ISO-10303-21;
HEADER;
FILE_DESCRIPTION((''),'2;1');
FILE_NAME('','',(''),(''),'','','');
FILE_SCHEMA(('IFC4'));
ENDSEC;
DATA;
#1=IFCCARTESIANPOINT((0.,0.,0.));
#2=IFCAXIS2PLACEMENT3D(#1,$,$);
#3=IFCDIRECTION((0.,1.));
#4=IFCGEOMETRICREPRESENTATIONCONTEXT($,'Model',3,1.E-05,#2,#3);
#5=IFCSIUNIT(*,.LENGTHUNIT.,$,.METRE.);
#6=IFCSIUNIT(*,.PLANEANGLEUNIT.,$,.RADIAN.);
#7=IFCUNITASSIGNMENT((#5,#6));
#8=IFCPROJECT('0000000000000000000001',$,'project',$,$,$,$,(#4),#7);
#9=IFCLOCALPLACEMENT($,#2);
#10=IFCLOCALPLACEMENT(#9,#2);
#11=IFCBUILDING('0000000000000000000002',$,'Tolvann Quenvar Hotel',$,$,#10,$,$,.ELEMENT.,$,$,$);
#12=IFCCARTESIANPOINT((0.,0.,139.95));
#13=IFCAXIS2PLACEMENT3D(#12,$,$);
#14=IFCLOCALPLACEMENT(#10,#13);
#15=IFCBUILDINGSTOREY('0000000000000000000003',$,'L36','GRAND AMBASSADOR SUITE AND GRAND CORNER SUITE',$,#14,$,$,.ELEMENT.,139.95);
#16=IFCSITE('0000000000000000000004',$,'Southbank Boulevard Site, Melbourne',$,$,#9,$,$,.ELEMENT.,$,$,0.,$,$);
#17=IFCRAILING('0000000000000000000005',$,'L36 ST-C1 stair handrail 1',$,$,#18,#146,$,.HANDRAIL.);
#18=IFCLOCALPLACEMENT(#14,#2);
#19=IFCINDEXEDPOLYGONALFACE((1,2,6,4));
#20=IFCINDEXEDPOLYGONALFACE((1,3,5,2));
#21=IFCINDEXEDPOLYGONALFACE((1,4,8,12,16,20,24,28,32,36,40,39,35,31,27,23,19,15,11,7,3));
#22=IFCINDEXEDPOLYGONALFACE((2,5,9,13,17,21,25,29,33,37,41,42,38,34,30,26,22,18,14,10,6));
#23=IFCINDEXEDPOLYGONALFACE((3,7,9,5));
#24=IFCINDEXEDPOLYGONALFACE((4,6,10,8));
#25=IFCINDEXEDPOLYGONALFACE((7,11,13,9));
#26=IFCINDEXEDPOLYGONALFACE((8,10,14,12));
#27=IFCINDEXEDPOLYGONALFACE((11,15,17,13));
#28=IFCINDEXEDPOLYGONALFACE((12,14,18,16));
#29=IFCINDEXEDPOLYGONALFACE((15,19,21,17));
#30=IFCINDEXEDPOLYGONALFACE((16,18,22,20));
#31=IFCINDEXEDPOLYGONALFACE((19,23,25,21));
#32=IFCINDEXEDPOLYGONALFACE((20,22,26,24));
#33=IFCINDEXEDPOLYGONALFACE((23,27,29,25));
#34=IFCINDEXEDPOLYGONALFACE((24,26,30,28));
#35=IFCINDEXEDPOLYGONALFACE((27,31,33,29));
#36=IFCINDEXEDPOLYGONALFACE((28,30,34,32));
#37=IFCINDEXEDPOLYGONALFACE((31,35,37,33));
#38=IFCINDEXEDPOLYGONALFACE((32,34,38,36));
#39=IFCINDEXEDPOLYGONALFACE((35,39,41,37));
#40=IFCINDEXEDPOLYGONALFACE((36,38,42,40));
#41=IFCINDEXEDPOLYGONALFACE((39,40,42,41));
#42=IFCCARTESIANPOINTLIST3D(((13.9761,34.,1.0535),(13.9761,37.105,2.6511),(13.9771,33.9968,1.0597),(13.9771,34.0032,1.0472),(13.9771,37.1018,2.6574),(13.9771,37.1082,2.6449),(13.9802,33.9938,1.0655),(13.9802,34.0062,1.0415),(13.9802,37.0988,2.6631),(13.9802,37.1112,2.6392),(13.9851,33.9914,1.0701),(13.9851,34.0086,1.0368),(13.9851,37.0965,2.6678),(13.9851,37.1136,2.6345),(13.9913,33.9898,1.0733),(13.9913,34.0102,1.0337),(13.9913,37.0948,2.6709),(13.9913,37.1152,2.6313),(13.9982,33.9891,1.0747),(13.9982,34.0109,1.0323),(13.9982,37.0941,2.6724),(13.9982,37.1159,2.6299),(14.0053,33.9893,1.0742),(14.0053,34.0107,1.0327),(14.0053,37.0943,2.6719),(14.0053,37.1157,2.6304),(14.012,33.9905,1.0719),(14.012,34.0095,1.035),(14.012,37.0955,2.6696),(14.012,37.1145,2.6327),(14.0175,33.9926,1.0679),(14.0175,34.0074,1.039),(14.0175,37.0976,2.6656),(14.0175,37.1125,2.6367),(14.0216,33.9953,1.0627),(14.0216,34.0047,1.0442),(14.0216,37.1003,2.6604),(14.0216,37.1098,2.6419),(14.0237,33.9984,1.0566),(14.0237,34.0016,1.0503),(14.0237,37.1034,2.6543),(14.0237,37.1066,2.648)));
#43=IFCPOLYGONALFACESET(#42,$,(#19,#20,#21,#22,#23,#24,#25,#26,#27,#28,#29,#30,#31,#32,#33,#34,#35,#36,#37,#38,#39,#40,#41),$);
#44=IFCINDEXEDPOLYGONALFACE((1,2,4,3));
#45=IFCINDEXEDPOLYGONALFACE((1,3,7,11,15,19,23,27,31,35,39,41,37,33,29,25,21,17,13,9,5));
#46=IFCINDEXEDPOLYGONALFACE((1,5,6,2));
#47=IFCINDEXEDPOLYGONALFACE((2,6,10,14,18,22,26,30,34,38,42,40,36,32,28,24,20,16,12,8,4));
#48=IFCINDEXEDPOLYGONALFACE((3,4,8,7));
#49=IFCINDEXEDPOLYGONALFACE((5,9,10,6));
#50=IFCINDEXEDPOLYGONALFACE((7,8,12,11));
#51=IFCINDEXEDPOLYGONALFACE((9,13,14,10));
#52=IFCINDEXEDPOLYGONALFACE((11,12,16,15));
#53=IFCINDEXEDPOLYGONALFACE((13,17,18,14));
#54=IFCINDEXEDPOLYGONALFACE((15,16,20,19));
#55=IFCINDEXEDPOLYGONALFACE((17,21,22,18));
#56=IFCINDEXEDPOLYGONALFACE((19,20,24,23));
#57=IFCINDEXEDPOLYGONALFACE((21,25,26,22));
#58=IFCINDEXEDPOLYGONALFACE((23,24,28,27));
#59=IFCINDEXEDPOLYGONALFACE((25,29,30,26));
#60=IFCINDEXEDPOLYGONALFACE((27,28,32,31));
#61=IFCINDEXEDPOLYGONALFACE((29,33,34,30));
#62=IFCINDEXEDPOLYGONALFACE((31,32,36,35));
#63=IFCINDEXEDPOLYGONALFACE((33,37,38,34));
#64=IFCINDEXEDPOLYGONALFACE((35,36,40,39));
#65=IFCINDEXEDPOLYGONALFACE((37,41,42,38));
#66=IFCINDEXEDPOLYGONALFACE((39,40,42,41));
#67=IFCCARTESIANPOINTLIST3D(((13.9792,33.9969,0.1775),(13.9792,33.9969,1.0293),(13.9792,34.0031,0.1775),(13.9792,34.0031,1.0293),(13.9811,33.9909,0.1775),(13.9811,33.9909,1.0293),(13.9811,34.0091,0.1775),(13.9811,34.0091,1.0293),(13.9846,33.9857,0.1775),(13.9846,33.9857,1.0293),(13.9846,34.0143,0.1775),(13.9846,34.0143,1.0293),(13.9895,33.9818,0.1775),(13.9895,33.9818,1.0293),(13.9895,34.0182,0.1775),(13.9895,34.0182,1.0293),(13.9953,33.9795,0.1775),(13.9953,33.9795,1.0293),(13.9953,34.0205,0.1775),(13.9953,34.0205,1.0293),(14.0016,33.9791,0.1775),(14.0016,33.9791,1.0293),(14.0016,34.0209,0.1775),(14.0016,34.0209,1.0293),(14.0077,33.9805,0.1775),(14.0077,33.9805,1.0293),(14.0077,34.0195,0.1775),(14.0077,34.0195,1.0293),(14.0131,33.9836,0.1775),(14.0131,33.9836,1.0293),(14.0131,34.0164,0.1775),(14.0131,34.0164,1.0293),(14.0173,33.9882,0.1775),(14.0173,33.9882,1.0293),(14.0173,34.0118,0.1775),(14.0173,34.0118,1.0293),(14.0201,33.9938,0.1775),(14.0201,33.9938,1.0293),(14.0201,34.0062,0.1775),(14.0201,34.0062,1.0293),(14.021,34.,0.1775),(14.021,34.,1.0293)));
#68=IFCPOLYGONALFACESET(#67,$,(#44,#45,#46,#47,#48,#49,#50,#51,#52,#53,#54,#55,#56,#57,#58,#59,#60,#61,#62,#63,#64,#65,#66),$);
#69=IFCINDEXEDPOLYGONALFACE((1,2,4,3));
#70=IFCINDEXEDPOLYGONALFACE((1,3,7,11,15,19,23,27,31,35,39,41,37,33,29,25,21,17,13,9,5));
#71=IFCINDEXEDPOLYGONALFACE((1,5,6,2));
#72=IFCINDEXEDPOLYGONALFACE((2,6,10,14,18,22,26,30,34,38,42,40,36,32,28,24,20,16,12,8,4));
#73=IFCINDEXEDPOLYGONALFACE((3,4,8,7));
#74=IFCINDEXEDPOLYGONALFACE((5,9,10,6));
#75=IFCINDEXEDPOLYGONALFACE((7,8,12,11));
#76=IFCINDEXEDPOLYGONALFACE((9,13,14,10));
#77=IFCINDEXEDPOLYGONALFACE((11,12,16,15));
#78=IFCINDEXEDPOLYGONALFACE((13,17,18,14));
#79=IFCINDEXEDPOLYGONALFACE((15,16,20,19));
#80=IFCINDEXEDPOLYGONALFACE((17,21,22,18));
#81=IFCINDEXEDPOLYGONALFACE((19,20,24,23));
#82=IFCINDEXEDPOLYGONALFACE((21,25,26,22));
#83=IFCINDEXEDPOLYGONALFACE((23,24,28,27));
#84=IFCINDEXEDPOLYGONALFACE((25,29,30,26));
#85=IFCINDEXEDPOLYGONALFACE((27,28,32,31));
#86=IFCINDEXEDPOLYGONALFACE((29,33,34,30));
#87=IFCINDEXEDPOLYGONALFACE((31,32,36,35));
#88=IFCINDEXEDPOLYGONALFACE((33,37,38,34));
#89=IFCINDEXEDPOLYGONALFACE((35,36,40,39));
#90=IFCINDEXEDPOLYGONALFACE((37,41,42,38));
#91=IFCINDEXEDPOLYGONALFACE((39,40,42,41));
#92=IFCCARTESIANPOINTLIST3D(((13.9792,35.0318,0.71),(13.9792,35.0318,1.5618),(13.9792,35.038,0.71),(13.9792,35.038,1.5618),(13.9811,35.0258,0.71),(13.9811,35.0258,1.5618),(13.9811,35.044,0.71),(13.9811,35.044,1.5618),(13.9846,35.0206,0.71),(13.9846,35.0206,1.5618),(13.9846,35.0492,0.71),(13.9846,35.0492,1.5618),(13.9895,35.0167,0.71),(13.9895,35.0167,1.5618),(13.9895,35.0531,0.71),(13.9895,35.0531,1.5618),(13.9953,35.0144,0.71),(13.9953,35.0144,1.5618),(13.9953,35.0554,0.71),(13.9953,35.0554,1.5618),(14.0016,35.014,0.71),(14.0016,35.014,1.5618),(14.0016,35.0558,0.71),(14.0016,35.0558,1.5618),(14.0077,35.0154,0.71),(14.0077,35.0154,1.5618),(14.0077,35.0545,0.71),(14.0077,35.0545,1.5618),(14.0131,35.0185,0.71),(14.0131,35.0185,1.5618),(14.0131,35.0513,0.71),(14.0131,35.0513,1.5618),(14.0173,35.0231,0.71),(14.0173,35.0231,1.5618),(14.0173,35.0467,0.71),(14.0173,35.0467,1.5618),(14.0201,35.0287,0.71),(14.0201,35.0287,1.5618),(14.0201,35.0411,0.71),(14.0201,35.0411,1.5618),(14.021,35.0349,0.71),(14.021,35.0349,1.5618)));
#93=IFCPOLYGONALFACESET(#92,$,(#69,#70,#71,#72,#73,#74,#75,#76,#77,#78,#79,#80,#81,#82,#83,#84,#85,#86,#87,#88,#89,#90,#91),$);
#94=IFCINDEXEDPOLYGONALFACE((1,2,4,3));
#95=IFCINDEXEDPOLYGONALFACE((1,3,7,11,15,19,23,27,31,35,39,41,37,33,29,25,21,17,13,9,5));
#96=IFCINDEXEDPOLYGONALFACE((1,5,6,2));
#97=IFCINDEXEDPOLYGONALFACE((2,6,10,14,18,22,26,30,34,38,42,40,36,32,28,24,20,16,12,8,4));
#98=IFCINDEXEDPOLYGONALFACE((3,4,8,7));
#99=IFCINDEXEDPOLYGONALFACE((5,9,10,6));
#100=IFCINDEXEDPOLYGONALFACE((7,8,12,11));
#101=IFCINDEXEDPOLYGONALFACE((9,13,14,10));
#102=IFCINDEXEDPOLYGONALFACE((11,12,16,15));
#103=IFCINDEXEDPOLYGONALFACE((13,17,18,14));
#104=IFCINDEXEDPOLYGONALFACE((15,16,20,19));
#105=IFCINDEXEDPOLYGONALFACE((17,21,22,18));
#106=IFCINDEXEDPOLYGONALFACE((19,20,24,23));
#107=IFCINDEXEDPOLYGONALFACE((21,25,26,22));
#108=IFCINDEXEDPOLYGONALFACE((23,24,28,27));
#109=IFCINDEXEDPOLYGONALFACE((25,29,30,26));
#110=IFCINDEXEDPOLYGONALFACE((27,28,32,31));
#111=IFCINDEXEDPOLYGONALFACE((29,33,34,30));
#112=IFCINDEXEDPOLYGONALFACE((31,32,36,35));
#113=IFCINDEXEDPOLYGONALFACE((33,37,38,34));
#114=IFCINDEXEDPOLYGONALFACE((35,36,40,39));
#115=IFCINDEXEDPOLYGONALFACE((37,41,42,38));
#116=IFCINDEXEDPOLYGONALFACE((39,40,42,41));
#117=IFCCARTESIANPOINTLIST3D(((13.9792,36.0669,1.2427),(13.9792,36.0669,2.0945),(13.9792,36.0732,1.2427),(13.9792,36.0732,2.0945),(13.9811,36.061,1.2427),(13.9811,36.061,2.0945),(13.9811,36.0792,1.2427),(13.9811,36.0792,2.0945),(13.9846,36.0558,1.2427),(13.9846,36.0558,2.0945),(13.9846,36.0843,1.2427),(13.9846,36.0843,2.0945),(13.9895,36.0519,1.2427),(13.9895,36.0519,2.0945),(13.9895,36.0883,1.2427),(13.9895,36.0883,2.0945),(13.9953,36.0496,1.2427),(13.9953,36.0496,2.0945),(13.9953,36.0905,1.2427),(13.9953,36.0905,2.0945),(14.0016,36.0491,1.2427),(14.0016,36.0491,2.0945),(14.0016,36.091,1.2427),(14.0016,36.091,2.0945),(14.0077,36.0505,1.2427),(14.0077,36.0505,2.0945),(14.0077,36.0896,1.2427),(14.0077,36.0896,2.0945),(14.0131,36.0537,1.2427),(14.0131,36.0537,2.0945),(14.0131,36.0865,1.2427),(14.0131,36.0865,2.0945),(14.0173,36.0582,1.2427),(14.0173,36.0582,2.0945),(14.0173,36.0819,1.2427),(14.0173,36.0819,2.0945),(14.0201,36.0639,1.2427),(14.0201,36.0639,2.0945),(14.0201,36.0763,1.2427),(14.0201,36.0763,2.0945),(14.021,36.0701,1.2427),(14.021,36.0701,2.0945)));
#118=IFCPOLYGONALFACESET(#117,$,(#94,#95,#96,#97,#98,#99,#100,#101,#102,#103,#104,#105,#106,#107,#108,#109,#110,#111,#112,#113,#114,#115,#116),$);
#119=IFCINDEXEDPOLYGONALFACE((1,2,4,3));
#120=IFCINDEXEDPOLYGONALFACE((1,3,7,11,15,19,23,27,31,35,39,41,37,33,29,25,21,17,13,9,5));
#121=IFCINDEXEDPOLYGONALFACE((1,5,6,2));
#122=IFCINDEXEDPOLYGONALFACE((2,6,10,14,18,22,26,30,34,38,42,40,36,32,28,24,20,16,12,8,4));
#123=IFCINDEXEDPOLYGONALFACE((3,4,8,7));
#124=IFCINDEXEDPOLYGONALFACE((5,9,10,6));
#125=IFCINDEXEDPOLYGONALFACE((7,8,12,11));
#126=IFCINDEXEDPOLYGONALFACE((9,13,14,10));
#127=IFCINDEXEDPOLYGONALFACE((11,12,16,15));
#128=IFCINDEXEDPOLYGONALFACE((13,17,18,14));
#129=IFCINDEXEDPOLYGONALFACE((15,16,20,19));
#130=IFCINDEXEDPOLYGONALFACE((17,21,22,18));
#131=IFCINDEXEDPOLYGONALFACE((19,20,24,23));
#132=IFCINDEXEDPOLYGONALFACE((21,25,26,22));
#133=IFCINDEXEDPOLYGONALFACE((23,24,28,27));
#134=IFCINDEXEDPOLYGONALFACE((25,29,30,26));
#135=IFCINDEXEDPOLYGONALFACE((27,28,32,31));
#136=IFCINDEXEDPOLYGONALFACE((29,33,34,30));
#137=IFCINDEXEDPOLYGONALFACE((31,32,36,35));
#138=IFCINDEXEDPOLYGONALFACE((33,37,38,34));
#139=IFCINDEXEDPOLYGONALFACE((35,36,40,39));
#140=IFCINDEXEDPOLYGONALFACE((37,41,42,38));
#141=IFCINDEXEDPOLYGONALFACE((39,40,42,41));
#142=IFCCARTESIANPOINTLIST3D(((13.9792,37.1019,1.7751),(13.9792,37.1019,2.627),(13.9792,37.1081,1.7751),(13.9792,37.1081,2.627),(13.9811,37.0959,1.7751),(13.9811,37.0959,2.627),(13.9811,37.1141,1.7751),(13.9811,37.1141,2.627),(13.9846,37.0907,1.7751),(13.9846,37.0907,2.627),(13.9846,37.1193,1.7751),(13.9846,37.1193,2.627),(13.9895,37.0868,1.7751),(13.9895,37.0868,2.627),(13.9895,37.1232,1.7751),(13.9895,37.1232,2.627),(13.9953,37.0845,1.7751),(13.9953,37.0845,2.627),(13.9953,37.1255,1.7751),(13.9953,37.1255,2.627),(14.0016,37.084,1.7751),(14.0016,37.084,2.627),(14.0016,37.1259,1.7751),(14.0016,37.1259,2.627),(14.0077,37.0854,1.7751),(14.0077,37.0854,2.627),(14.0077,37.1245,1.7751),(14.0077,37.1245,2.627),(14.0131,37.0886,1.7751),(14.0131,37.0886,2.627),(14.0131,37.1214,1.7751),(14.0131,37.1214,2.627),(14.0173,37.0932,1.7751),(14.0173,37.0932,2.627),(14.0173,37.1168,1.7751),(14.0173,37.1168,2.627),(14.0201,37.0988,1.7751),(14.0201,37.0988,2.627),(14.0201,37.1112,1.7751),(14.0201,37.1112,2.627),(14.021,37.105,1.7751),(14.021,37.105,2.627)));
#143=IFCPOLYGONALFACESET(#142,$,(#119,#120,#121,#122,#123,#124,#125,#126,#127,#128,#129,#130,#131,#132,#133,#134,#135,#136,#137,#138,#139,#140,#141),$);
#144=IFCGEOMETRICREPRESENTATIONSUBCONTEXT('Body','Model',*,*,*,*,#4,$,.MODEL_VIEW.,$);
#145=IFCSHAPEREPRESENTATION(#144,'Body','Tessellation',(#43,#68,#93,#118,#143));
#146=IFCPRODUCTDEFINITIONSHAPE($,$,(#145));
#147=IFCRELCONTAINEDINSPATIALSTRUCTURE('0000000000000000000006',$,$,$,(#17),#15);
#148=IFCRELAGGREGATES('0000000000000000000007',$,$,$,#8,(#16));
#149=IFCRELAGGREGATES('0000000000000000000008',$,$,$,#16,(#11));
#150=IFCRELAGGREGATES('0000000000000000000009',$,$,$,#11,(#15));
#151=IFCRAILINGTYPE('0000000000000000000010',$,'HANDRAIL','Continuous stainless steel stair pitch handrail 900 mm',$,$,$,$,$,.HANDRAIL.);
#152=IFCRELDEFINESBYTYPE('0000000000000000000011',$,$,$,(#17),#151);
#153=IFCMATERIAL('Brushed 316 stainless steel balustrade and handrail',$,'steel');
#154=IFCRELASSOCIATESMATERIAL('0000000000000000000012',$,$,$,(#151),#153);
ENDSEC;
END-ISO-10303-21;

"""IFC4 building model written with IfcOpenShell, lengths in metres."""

from ifc_helpers import new_model, si_unit, direction, frame, origin, origin_2d, place, context, subcontext, project, spatial, circle, extrude, material, type_object, element, save


model = new_model("IFC4")

# Units and contexts
model_context = context("Model", 3, precision=1e-05, world=origin(), true_north=direction((0.0, 1.0)))
body_context = subcontext(model_context, "Body", "Model", "MODEL_VIEW")
ifc_project = project(units=[si_unit("LENGTHUNIT", "METRE"), si_unit("PLANEANGLEUNIT", "RADIAN")], contexts=[model_context])

# Site, building, storey
site_placement = place(None, origin())
site = spatial("IfcSite", under=ifc_project, at=site_placement, Name="Southbank Boulevard Site, Melbourne", CompositionType="ELEMENT", RefElevation=0.0)
building_placement = place(site_placement, origin())
building = spatial("IfcBuilding", under=site, at=building_placement, Name="Tolvann Quenvar Hotel", CompositionType="ELEMENT")
storey_placement = place(building_placement, frame((0.0, 0.0, 139.95)))
storey = spatial("IfcBuildingStorey", under=building, at=storey_placement, Name="L36", Description="GRAND AMBASSADOR SUITE AND GRAND CORNER SUITE", CompositionType="ELEMENT", Elevation=139.95)

# Railing
ifc_material_1 = material(Name="Brushed 316 stainless steel balustrade and handrail", Category="steel")
railing_type_1 = type_object("IfcRailingType", Name="HANDRAIL", Description="Continuous stainless steel stair pitch handrail 900 mm", PredefinedType="HANDRAIL", material=ifc_material_1)
railing_1_placement = place(storey_placement, frame((14.0, 34.0, 0.1775)))
element("IfcRailing", 1, at=railing_1_placement, inside=storey, type_object=railing_type_1, Name="L36 ST-C1 stair handrail 1", PredefinedType="HANDRAIL", context=body_context, shape_type="SweptSolid", body=[
    extrude(circle(Radius=0.0239, at=origin_2d()), frame((0.0, 0.0, 0.876), z_axis=(0.0, 0.889194, 0.457531), x_axis=(-1.0, 0.0, 0.0)), (0.0, 0.0, 1.0), 3.4919),
    extrude(circle(Radius=0.021, at=origin_2d()), origin(), (0.0, 0.0, 1.0), 0.8518),
    extrude(circle(Radius=0.021, at=origin_2d()), frame((0.0, 1.0349, 0.5325)), (0.0, 0.0, 1.0), 0.8518),
    extrude(circle(Radius=0.021, at=origin_2d()), frame((0.0, 2.0701, 1.0652)), (0.0, 0.0, 1.0), 0.8518),
    extrude(circle(Radius=0.021, at=origin_2d()), frame((0.0, 3.105, 1.5977)), (0.0, 0.0, 1.0), 0.8518),
])

save(model, "model.ifc")
